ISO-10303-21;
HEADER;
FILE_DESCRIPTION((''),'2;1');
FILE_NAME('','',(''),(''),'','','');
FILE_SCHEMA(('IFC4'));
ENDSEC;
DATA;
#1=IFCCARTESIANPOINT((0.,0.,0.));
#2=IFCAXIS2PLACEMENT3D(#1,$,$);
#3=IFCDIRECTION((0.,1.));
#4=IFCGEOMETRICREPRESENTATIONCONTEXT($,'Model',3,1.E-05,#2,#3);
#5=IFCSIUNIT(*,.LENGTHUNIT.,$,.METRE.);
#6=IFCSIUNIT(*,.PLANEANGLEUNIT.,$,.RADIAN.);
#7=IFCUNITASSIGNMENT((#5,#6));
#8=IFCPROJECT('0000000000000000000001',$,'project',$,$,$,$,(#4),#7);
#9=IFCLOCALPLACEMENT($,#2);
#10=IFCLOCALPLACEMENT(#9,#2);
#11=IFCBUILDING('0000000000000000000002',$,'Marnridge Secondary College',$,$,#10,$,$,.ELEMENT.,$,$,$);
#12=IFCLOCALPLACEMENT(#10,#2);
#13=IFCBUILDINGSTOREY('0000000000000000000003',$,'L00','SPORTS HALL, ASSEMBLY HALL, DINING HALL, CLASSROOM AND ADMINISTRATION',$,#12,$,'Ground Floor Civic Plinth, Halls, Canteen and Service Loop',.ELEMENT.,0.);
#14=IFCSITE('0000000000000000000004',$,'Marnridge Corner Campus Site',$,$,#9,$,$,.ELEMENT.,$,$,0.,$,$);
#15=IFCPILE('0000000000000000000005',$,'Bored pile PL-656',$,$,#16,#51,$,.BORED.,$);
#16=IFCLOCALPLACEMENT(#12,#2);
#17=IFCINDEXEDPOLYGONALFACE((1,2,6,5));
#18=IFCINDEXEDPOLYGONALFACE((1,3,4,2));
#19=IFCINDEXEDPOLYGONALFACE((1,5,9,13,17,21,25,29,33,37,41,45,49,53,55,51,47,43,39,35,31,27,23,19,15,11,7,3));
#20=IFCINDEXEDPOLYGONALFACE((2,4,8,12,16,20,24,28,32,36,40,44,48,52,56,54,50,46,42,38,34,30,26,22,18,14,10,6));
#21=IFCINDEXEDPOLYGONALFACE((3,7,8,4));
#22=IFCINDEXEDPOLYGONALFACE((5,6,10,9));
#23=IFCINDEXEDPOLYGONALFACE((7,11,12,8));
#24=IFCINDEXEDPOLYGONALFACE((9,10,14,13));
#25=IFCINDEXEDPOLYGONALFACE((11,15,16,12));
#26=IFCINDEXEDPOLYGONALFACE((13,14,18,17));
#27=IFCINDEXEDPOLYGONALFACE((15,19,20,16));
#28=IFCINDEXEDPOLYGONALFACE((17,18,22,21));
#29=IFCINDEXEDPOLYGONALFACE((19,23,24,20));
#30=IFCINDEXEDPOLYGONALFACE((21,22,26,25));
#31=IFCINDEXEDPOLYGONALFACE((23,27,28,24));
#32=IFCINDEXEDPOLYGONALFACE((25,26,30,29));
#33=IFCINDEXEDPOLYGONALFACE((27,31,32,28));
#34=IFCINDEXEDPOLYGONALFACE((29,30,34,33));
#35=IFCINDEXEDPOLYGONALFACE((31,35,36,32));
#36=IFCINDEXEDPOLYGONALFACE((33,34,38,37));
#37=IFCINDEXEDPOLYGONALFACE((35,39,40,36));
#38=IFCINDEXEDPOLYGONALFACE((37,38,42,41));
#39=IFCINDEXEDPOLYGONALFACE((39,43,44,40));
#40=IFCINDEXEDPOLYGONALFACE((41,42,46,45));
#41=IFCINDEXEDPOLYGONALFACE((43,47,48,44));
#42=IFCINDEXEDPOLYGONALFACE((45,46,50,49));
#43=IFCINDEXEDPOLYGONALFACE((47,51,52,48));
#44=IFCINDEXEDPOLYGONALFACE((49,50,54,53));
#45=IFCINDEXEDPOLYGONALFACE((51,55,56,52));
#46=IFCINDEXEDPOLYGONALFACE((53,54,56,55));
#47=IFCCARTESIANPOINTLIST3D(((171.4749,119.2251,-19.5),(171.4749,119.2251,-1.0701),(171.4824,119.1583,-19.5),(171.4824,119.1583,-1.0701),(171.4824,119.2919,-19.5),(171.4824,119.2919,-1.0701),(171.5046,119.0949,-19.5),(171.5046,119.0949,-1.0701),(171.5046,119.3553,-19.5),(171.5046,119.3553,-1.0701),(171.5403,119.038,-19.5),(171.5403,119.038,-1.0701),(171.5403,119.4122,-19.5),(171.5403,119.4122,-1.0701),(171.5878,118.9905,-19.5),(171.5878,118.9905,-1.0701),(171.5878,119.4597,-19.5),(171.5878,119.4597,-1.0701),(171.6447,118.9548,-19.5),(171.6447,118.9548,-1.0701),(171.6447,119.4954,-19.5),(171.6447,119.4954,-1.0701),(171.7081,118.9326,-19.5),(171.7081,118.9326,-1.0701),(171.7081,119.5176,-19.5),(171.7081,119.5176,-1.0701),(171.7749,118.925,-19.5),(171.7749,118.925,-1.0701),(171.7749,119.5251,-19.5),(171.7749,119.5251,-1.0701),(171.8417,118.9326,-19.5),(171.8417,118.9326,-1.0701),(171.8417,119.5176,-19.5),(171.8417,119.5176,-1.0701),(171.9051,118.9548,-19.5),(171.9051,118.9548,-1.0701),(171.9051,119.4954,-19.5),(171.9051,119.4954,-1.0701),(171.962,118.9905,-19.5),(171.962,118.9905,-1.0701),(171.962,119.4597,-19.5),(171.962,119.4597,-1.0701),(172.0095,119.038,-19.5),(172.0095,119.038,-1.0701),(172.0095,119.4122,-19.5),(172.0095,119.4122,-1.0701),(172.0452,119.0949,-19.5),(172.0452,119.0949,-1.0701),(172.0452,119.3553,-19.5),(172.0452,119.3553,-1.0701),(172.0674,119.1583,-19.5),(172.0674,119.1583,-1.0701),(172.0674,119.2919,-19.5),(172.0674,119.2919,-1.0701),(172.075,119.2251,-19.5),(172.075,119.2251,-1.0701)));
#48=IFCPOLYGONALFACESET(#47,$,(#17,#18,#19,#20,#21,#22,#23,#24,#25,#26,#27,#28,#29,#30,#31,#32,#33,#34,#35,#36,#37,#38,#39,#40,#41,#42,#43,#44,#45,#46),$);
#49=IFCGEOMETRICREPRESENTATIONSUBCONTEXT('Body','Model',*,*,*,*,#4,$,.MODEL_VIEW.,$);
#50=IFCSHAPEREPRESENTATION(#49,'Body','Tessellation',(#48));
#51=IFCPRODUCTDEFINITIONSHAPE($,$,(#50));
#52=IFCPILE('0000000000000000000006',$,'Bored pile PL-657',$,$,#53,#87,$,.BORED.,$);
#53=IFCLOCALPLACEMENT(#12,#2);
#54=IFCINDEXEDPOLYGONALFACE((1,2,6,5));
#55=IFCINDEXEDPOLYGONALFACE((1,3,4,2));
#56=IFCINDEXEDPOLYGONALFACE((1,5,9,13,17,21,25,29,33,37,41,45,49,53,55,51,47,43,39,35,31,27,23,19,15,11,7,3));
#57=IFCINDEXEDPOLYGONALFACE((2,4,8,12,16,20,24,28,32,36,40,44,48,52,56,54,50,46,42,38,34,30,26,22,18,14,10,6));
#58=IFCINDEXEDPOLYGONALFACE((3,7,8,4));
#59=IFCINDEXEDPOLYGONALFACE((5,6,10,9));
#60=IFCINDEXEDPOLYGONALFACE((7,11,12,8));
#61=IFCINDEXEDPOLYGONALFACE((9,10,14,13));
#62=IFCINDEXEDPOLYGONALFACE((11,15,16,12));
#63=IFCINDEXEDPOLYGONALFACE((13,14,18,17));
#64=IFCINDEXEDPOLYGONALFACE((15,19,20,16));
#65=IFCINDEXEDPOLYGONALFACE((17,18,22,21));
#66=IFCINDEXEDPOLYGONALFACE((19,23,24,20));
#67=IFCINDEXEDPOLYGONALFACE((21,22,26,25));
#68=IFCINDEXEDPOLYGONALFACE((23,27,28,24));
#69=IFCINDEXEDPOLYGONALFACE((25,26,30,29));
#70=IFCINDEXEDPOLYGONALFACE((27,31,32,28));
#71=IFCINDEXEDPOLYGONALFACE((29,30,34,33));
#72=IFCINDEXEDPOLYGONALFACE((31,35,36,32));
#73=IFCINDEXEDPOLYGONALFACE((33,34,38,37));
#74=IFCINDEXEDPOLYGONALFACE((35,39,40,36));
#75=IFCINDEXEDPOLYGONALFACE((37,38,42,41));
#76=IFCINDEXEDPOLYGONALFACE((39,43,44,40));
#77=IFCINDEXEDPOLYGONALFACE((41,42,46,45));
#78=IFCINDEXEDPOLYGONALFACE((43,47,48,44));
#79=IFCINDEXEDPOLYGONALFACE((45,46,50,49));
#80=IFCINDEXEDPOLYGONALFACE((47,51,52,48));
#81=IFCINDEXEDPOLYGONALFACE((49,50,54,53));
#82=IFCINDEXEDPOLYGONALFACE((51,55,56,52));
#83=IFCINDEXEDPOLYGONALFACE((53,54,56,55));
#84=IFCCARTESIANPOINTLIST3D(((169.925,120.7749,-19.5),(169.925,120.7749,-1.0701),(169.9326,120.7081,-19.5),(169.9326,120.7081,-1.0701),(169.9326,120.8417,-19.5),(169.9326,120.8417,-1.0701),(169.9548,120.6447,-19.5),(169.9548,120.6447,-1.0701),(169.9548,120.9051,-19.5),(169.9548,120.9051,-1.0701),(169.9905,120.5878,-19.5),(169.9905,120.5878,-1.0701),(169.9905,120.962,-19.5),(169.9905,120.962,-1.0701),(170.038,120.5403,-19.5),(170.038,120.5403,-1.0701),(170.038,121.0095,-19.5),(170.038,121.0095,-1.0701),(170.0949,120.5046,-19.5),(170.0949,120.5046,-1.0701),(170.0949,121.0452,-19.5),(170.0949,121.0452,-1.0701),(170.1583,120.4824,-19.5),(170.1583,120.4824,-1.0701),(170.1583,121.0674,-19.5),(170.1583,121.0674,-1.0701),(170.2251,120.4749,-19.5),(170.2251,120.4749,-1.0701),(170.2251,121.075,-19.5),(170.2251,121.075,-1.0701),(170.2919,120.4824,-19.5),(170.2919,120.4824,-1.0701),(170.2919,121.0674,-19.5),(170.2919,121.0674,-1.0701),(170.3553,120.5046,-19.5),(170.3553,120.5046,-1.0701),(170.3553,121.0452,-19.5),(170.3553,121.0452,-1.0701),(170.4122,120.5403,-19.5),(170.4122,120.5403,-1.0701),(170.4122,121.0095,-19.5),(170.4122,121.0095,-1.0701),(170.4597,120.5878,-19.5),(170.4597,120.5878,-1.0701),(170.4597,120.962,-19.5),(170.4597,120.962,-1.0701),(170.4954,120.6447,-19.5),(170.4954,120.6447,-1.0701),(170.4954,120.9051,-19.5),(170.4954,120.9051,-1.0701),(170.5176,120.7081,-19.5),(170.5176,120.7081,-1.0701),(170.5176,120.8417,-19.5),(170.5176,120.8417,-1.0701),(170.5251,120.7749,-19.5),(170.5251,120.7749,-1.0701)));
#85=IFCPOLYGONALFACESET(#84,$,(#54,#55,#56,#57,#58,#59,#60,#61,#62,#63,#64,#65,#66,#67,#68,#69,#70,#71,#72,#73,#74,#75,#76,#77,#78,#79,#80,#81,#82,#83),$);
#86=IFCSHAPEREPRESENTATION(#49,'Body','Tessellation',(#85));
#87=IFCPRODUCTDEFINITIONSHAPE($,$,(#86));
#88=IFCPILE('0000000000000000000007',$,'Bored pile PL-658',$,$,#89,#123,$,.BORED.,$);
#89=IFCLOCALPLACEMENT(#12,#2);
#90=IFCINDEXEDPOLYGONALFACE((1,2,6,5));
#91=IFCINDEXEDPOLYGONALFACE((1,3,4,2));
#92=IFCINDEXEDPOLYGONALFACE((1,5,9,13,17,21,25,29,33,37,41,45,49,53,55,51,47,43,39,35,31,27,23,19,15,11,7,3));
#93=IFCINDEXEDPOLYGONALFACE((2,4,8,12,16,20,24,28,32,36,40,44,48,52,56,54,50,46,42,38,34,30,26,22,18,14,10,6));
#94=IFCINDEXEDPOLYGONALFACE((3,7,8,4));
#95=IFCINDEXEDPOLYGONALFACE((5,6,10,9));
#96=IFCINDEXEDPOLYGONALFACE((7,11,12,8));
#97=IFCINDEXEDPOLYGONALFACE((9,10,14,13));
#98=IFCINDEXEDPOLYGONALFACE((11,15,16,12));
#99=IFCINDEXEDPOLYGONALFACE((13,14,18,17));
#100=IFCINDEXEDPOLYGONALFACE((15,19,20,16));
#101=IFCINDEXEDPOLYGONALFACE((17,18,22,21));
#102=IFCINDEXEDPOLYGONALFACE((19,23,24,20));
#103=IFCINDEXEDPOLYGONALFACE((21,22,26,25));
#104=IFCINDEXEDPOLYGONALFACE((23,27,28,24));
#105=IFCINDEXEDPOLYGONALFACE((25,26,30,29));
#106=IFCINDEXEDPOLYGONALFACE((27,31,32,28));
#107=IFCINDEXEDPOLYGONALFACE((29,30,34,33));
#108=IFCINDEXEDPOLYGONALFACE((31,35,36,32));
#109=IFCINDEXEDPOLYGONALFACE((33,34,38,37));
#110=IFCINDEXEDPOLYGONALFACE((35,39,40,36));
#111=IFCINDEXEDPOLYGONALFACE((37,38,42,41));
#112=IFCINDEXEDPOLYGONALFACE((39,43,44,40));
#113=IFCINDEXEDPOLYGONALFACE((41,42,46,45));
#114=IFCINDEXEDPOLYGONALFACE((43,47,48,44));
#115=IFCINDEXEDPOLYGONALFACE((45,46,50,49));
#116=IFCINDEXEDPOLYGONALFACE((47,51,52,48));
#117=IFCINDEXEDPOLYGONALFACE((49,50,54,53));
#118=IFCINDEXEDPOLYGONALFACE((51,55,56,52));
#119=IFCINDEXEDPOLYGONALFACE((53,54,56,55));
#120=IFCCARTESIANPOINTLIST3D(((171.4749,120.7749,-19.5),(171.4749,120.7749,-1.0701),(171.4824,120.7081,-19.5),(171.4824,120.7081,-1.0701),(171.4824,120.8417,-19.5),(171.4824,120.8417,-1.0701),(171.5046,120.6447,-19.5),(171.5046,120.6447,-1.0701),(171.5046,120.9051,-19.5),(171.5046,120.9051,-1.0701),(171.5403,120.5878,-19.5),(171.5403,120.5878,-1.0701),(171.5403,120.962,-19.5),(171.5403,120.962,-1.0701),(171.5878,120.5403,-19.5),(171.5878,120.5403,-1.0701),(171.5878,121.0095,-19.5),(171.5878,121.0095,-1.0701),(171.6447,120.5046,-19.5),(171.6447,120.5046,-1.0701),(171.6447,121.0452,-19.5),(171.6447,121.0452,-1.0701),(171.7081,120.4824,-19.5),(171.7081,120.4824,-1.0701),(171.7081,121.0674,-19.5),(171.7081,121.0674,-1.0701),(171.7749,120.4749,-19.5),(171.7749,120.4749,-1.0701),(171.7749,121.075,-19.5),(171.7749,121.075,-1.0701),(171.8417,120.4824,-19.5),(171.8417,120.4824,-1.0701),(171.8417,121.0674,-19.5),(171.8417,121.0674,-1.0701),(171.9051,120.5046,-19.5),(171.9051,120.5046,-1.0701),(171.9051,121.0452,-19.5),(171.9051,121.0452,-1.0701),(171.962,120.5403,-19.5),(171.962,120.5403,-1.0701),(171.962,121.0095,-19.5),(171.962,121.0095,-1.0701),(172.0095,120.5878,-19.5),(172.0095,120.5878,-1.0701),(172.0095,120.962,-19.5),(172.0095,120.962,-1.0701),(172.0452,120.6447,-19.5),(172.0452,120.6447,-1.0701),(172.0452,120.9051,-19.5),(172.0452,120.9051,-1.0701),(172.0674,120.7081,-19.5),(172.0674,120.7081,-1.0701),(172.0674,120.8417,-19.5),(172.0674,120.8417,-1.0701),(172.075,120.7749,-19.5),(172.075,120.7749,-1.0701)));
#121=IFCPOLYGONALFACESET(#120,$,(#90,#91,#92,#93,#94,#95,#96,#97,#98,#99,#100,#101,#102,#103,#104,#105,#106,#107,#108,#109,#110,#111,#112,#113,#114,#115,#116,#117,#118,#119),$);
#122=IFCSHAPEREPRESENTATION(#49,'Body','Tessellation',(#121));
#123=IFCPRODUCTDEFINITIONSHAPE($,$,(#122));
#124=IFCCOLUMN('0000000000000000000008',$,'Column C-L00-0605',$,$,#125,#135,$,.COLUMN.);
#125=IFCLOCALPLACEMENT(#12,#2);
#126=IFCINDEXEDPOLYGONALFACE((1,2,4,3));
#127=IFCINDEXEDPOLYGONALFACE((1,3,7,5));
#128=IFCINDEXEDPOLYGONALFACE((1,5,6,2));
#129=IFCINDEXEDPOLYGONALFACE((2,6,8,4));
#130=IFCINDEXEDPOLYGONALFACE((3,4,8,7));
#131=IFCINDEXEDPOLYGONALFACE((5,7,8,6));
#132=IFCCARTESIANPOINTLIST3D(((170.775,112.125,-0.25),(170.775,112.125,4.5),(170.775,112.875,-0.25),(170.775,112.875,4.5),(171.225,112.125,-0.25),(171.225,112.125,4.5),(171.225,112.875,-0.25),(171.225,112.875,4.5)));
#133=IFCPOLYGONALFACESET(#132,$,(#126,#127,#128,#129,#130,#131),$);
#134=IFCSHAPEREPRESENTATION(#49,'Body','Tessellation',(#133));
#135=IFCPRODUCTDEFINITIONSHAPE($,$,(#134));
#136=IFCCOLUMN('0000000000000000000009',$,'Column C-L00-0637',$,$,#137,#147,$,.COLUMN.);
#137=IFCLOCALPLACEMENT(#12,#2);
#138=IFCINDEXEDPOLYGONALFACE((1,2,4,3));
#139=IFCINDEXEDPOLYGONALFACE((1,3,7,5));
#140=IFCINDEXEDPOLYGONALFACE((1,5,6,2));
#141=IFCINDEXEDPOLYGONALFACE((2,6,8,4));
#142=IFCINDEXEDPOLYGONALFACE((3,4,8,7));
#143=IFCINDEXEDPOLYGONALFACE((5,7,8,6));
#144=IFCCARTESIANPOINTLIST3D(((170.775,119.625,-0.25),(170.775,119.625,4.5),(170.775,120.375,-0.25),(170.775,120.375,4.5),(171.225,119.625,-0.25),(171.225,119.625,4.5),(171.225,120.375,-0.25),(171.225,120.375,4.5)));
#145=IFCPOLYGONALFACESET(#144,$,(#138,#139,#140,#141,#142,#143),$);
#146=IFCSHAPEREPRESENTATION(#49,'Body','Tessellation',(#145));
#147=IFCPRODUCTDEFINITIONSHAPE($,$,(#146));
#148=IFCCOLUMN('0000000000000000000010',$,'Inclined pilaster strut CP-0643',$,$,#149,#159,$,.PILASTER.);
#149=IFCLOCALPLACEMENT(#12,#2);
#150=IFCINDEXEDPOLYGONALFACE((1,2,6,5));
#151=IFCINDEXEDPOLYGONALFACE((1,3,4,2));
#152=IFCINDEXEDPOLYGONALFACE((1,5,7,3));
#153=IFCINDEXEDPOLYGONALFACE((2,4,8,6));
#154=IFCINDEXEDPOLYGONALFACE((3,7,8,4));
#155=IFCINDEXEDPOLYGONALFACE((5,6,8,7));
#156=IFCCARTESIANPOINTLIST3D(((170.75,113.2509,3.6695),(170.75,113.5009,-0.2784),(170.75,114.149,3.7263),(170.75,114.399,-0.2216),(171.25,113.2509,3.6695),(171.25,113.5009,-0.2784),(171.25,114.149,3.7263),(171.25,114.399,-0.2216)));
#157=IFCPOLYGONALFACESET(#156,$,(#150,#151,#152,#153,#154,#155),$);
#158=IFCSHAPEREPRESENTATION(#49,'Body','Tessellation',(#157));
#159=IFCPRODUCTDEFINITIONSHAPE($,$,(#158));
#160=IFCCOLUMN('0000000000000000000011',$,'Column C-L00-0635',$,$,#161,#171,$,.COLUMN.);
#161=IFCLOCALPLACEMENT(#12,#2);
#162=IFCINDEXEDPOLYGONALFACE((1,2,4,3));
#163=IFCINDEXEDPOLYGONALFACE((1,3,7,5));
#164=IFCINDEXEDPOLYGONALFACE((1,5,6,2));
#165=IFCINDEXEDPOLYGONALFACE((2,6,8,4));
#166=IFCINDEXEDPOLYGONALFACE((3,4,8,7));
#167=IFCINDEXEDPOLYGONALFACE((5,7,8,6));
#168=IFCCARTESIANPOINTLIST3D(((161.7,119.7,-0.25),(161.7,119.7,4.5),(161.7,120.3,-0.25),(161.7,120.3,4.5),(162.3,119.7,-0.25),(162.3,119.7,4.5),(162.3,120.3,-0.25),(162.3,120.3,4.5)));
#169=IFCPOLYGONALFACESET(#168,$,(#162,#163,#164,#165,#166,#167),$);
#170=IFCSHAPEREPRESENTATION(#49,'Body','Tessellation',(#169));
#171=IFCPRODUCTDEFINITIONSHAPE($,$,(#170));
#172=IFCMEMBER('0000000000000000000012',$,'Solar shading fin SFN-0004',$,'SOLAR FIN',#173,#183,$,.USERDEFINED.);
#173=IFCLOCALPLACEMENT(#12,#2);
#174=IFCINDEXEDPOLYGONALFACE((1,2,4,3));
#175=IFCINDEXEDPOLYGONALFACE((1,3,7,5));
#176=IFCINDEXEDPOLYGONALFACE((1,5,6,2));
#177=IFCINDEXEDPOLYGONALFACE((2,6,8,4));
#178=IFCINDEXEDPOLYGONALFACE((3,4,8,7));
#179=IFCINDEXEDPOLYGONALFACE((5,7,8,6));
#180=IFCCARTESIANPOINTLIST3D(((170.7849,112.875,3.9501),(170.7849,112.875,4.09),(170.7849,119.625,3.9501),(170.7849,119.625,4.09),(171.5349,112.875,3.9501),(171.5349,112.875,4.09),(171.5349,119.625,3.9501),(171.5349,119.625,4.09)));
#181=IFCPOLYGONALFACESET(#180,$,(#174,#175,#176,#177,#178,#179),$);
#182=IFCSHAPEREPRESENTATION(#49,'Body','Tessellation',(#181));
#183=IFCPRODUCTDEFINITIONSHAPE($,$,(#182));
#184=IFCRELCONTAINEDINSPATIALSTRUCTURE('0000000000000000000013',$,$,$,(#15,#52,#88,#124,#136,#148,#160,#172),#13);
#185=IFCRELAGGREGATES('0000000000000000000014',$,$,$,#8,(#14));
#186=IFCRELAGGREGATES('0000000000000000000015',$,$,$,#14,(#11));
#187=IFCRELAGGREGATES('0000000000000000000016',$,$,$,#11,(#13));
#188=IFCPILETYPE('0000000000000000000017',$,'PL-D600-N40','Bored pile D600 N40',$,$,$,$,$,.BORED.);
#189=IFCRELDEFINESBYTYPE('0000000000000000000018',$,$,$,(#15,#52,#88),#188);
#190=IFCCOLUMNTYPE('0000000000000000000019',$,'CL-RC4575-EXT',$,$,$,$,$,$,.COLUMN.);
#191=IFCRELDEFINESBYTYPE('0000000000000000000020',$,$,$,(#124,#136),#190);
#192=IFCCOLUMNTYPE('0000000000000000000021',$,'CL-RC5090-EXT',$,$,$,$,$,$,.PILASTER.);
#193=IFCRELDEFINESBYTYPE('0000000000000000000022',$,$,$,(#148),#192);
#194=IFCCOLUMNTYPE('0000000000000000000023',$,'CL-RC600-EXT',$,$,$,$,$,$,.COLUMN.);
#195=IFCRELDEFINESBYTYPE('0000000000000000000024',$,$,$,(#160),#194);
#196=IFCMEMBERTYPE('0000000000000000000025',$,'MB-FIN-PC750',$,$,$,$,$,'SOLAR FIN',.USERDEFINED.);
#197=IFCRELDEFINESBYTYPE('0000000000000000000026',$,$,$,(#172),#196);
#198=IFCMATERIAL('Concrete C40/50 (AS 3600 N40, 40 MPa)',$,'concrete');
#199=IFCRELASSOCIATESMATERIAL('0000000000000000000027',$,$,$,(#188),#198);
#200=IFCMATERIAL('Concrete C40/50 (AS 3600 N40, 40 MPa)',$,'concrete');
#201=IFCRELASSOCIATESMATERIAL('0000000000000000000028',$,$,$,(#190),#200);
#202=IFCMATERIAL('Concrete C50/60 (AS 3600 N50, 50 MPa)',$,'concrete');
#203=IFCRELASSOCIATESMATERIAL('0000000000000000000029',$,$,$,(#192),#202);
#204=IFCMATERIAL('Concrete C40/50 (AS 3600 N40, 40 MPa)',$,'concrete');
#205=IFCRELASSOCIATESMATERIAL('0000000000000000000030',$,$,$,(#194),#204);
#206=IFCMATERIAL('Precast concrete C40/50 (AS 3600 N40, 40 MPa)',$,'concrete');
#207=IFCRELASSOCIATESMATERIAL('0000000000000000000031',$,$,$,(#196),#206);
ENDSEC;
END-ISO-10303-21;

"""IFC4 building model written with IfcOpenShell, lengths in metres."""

from ifc_helpers import new_model, si_unit, direction, frame, origin, origin_2d, place, context, subcontext, project, spatial, rectangle, circle, extrude, material, material_profile, profile_set, type_object, element, save


model = new_model("IFC4")

# Units and contexts
model_context = context("Model", 3, precision=1e-05, world=origin(), true_north=direction((0.0, 1.0)))
body_context = subcontext(model_context, "Body", "Model", "MODEL_VIEW")
ifc_project = project(units=[si_unit("LENGTHUNIT", "METRE"), si_unit("PLANEANGLEUNIT", "RADIAN")], contexts=[model_context])

# Site, building, storey
site_placement = place(None, origin())
site = spatial("IfcSite", under=ifc_project, at=site_placement, Name="Marnridge Corner Campus Site", CompositionType="ELEMENT", RefElevation=0.0)
building_placement = place(site_placement, origin())
building = spatial("IfcBuilding", under=site, at=building_placement, Name="Marnridge Secondary College", CompositionType="ELEMENT")
storey_placement = place(building_placement, origin())
storey = spatial("IfcBuildingStorey", under=building, at=storey_placement, Name="L00", Description="SPORTS HALL, ASSEMBLY HALL, DINING HALL, CLASSROOM AND ADMINISTRATION", LongName="Ground Floor Civic Plinth, Halls, Canteen and Service Loop", CompositionType="ELEMENT", Elevation=0.0)

# Piles
ifc_material_1 = material(Name="Concrete C40/50 (AS 3600 N40, 40 MPa)", Category="concrete")
ifc_material_profile_1 = material_profile(ifc_material_1, circle(Radius=0.3, at=origin_2d()), Name="PILE D600")
ifc_profile_set_1 = profile_set([ifc_material_profile_1], Name="Concrete C40/50 (AS 3600 N40, 40 MPa)")
pile_type = type_object("IfcPileType", Name="PL-D600-N40", Description="Bored pile D600 N40", PredefinedType="BORED", material=ifc_profile_set_1)
for number, where, z_axis, x_axis, name in (
    (1, (171.7749, 119.2251, -1.0701), (0.0, 0.0, -1.0), (1.0, 0.0, 0.0), "Bored pile PL-656"),
    (2, (170.2251, 120.7749, -1.0701), (0.0, 0.0, -1.0), (1.0, 0.0, 0.0), "Bored pile PL-657"),
    (3, (171.7749, 120.7749, -1.0701), (0.0, 0.0, -1.0), (1.0, 0.0, 0.0), "Bored pile PL-658"),
):
    element("IfcPile", number, at=place(storey_placement, frame(where, z_axis=z_axis, x_axis=x_axis)), inside=storey, type_object=pile_type, Name=name, PredefinedType="BORED", context=body_context, shape_type="SweptSolid", body=[
        extrude(circle(Radius=0.3, at=origin_2d()), origin(), (0.0, 0.0, 1.0), 18.4299),
    ])

# Columns
ifc_material_2 = material(Name="Concrete C40/50 (AS 3600 N40, 40 MPa)", Category="concrete")
ifc_material_profile_2 = material_profile(ifc_material_2, rectangle(XDim=0.45, YDim=0.75, at=origin_2d()), Name="RC 450x750")
ifc_profile_set_2 = profile_set([ifc_material_profile_2], Name="Concrete C40/50 (AS 3600 N40, 40 MPa)")
column_type_1 = type_object("IfcColumnType", Name="CL-RC4575-EXT", PredefinedType="COLUMN", material=ifc_profile_set_2)
for number, where, z_axis, x_axis, name in (
    (4, (171.0, 112.5, -0.25), (0.0, 0.0, 1.0), (1.0, 0.0, 0.0), "Column C-L00-0605"),
    (5, (171.0, 120.0, -0.25), (0.0, 0.0, 1.0), (1.0, 0.0, 0.0), "Column C-L00-0637"),
):
    element("IfcColumn", number, at=place(storey_placement, frame(where, z_axis=z_axis, x_axis=x_axis)), inside=storey, type_object=column_type_1, Name=name, PredefinedType="COLUMN", context=body_context, shape_type="SweptSolid", body=[
        extrude(rectangle(XDim=0.45, YDim=0.75, at=origin_2d()), origin(), (0.0, 0.0, 1.0), 4.75),
    ])
ifc_material_3 = material(Name="Concrete C50/60 (AS 3600 N50, 50 MPa)", Category="concrete")
ifc_material_profile_3 = material_profile(ifc_material_3, rectangle(XDim=0.5, YDim=0.8999, at=origin_2d()), Name="RC 500x900")
ifc_profile_set_3 = profile_set([ifc_material_profile_3], Name="Concrete C50/60 (AS 3600 N50, 50 MPa)")
column_type_2 = type_object("IfcColumnType", Name="CL-RC5090-EXT", PredefinedType="PILASTER", material=ifc_profile_set_3)
column_1_placement = place(storey_placement, frame((171.0, 113.95, -0.25), z_axis=(0.0, -0.063197, 0.998001), x_axis=(1.0, 0.0, 0.0)))
element("IfcColumn", 6, at=column_1_placement, inside=storey, type_object=column_type_2, Name="Inclined pilaster strut CP-0643", PredefinedType="PILASTER", context=body_context, shape_type="SweptSolid", body=[
    extrude(rectangle(XDim=0.5, YDim=0.8999, at=origin_2d()), origin(), (0.0, 0.0, 1.0), 3.9558),
])
ifc_material_4 = material(Name="Concrete C40/50 (AS 3600 N40, 40 MPa)", Category="concrete")
ifc_material_profile_4 = material_profile(ifc_material_4, rectangle(XDim=0.6001, YDim=0.6001, at=origin_2d()), Name="RC 600x600")
ifc_profile_set_4 = profile_set([ifc_material_profile_4], Name="Concrete C40/50 (AS 3600 N40, 40 MPa)")
column_type_3 = type_object("IfcColumnType", Name="CL-RC600-EXT", PredefinedType="COLUMN", material=ifc_profile_set_4)
column_2_placement = place(storey_placement, frame((162.0, 120.0, -0.25), z_axis=(0.0, 0.0, 1.0), x_axis=(1.0, 0.0, 0.0)))
element("IfcColumn", 7, at=column_2_placement, inside=storey, type_object=column_type_3, Name="Column C-L00-0635", PredefinedType="COLUMN", context=body_context, shape_type="SweptSolid", body=[
    extrude(rectangle(XDim=0.6001, YDim=0.6001, at=origin_2d()), origin(), (0.0, 0.0, 1.0), 4.75),
])

# Member
ifc_material_5 = material(Name="Precast concrete C40/50 (AS 3600 N40, 40 MPa)", Category="concrete")
ifc_material_profile_5 = material_profile(ifc_material_5, rectangle(XDim=0.1399, YDim=0.75, at=origin_2d()), Name="FIN PC 140x750")
ifc_profile_set_5 = profile_set([ifc_material_profile_5], Name="Precast concrete C40/50 (AS 3600 N40, 40 MPa)")
member_type = type_object("IfcMemberType", Name="MB-FIN-PC750", ElementType="SOLAR FIN", PredefinedType="USERDEFINED", material=ifc_profile_set_5)
member_placement = place(storey_placement, frame((171.1599, 119.625, 4.02), z_axis=(0.0, -1.0, 0.0), x_axis=(0.0, 0.0, 1.0)))
element("IfcMember", 8, at=member_placement, inside=storey, type_object=member_type, Name="Solar shading fin SFN-0004", ObjectType="SOLAR FIN", PredefinedType="USERDEFINED", context=body_context, shape_type="SweptSolid", body=[
    extrude(rectangle(XDim=0.1399, YDim=0.75, at=origin_2d()), origin(), (0.0, 0.0, 1.0), 6.75),
])

save(model, "model.ifc")
